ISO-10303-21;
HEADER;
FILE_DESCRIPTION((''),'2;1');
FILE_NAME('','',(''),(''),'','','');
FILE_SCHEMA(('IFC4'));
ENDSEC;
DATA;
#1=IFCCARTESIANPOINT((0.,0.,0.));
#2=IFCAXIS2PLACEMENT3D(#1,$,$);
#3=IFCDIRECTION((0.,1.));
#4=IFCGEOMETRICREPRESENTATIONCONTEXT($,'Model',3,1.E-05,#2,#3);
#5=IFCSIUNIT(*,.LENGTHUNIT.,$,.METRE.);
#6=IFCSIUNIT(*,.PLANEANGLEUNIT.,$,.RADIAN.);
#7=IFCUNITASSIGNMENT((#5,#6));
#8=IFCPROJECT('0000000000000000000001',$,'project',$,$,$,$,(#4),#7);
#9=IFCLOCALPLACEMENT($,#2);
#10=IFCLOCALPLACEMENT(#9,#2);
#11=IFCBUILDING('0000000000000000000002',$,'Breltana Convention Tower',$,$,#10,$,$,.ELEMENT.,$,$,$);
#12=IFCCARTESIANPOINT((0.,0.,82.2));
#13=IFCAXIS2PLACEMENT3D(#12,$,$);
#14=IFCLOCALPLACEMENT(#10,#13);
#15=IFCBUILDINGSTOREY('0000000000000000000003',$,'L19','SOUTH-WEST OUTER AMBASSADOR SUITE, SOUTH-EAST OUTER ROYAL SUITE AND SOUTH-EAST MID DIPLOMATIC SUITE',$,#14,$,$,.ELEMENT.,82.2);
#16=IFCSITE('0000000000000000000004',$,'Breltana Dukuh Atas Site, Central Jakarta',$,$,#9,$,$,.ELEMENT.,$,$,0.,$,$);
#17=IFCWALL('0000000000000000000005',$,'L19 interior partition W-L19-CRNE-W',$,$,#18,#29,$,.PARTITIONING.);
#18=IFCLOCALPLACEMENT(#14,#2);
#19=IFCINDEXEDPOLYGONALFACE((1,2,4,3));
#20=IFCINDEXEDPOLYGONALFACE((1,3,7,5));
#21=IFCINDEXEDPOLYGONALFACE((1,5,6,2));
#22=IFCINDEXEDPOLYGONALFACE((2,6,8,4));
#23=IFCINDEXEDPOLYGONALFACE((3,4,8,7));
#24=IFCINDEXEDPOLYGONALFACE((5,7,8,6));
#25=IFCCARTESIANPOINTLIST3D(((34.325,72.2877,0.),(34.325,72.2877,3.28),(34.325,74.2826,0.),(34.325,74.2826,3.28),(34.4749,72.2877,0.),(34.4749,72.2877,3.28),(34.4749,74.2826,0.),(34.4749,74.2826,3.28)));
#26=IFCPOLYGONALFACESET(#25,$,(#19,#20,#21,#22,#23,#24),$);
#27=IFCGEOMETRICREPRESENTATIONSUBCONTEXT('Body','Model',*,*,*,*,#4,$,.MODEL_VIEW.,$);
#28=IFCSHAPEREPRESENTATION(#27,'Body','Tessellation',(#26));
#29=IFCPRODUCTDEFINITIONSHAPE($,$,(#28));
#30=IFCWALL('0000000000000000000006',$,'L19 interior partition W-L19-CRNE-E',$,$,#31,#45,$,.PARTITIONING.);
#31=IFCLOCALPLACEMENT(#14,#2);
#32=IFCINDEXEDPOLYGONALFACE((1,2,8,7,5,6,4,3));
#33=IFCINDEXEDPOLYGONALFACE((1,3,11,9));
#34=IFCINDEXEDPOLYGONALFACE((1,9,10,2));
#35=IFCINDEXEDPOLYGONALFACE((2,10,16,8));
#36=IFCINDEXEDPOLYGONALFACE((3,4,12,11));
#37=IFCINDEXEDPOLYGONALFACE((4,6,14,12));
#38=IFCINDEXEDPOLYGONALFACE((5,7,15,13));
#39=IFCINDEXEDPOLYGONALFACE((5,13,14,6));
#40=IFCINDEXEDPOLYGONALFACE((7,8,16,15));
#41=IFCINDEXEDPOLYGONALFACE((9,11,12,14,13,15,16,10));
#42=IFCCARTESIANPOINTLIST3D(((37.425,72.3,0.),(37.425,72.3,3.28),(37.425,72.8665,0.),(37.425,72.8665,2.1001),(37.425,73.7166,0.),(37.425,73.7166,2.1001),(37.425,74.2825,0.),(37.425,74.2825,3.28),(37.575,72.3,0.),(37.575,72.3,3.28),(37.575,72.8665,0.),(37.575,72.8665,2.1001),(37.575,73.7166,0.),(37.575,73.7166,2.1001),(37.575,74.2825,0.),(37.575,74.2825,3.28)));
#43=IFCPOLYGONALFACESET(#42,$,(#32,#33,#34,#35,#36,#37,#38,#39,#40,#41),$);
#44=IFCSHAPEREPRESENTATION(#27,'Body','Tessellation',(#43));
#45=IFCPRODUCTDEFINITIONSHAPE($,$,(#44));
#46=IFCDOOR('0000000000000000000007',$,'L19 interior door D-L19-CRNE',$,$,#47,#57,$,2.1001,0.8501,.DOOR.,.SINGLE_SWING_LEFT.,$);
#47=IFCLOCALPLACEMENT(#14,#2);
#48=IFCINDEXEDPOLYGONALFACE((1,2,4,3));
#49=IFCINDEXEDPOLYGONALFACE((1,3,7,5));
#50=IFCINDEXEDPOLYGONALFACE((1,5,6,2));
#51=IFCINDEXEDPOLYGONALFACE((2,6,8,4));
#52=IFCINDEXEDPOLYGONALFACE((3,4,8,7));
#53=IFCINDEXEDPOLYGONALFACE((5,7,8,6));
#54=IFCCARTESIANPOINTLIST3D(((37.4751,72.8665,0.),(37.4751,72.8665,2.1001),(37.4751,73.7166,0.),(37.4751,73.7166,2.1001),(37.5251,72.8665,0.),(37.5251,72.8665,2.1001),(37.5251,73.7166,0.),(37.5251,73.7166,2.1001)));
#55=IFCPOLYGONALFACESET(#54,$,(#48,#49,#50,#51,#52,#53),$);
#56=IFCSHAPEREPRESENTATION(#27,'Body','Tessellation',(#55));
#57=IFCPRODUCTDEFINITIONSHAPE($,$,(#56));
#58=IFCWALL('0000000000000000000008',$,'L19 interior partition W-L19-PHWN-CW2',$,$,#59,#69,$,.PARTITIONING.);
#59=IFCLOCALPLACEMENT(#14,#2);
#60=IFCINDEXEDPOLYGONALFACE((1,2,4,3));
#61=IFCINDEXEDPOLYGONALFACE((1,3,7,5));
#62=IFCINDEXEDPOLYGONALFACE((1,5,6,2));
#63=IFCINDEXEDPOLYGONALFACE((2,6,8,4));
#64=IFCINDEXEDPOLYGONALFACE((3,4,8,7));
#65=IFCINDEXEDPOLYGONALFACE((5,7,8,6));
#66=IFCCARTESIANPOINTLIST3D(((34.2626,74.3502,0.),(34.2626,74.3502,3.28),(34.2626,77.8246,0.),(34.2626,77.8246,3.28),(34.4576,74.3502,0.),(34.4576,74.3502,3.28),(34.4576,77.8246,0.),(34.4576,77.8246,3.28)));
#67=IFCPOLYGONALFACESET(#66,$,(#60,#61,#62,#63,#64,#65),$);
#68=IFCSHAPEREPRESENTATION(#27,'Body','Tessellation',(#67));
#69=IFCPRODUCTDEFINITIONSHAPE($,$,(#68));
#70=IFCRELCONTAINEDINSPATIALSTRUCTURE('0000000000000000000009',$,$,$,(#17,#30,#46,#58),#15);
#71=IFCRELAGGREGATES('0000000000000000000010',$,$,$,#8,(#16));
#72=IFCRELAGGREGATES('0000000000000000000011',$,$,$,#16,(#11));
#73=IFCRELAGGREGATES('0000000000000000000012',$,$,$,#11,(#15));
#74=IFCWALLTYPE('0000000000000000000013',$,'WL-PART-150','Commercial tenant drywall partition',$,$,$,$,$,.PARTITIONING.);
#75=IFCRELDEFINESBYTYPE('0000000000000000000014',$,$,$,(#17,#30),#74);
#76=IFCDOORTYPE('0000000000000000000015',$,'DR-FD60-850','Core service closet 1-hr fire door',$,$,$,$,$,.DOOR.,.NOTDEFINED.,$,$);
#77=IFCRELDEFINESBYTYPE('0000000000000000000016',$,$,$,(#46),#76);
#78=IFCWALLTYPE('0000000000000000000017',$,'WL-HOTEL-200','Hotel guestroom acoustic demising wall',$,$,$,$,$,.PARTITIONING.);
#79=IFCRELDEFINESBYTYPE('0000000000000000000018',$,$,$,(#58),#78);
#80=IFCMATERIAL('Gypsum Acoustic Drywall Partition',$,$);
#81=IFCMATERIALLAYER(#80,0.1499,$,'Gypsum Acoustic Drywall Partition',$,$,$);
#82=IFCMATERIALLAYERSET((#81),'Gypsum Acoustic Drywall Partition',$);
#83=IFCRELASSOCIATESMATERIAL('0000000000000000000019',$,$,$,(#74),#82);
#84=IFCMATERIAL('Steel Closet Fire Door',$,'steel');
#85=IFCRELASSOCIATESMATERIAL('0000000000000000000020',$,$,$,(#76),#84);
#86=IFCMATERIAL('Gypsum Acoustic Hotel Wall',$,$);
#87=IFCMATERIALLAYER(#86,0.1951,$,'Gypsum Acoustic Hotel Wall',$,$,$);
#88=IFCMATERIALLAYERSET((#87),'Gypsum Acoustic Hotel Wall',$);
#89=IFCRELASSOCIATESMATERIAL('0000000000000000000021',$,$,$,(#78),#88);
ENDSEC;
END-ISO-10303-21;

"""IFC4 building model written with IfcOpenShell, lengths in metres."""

from ifc_helpers import new_model, si_unit, direction, frame, frame_2d, origin, place, context, subcontext, project, spatial, rectangle, extrude, source, transform, mapped, material, layer, layer_set, type_object, type_shapes, element, fill, save


model = new_model("IFC4")

# Units and contexts
model_context = context("Model", 3, precision=1e-05, world=origin(), true_north=direction((0.0, 1.0)))
body_context = subcontext(model_context, "Body", "Model", "MODEL_VIEW")
ifc_project = project(units=[si_unit("LENGTHUNIT", "METRE"), si_unit("PLANEANGLEUNIT", "RADIAN")], contexts=[model_context])

# Site, building, storey
site_placement = place(None, origin())
site = spatial("IfcSite", under=ifc_project, at=site_placement, Name="Breltana Dukuh Atas Site, Central Jakarta", CompositionType="ELEMENT", RefElevation=0.0)
building_placement = place(site_placement, origin())
building = spatial("IfcBuilding", under=site, at=building_placement, Name="Breltana Convention Tower", CompositionType="ELEMENT")
storey_placement = place(building_placement, frame((0.0, 0.0, 82.2)))
storey = spatial("IfcBuildingStorey", under=building, at=storey_placement, Name="L19", Description="SOUTH-WEST OUTER AMBASSADOR SUITE, SOUTH-EAST OUTER ROYAL SUITE AND SOUTH-EAST MID DIPLOMATIC SUITE", CompositionType="ELEMENT", Elevation=82.2)

# Wall
ifc_material_1 = material(Name="Gypsum Acoustic Drywall Partition")
ifc_layer_1 = layer(ifc_material_1, 0.1499, Name="Gypsum Acoustic Drywall Partition")
ifc_layer_set_1 = layer_set([ifc_layer_1], Name="Gypsum Acoustic Drywall Partition")
wall_type_1 = type_object("IfcWallType", Name="WL-PART-150", Description="Commercial tenant drywall partition", PredefinedType="PARTITIONING", material=ifc_layer_set_1)
shared_shape_1 = source(origin(), body_context, "Body", "SweptSolid", [
    extrude(rectangle(XDim=1.9949, YDim=0.1499, at=frame_2d((0.9976, 0.0))), origin(), (0.0, 0.0, 1.0), 3.28),
])
wall_1_placement = place(storey_placement, frame((34.3999, 72.2876, 0.0), z_axis=(0.0, 0.0, 1.0), x_axis=(0.0, 1.0, 0.0)))
element("IfcWall", 1, at=wall_1_placement, inside=storey, type_object=wall_type_1, Name="L19 interior partition W-L19-CRNE-W", PredefinedType="PARTITIONING", context=body_context, shape_type="MappedRepresentation", body=[
    mapped(shared_shape_1, transform((0.0, 0.0, 0.0), scale=1.0)),
])

# Wall, opening, door
shared_shape_2 = source(origin(), body_context, "Body", "SweptSolid", [
    extrude(rectangle(XDim=1.9824, YDim=0.1499, at=frame_2d((0.9912, 0.0))), origin(), (0.0, 0.0, 1.0), 3.28),
])
wall_2_placement = place(storey_placement, frame((37.5, 72.3, 0.0), z_axis=(0.0, 0.0, 1.0), x_axis=(0.0, 1.0, 0.0)))
wall_2 = element("IfcWall", 2, at=wall_2_placement, inside=storey, type_object=wall_type_1, Name="L19 interior partition W-L19-CRNE-E", PredefinedType="PARTITIONING", context=body_context, shape_type="MappedRepresentation", body=[
    mapped(shared_shape_2, transform((0.0, 0.0, 0.0), scale=1.0)),
])
opening_placement = place(wall_2_placement, frame((0.5664, 0.0, 0.0)))
opening = element("IfcOpeningElement", 3, at=opening_placement, cuts=wall_2, PredefinedType="OPENING", context=body_context, shape_type="SweptSolid", body=[
    extrude(rectangle(XDim=0.8501, YDim=2.1001, at=frame_2d((0.425, 1.05))), frame((0.0, 0.085, 0.0), z_axis=(0.0, -1.0, 0.0), x_axis=(1.0, 0.0, 0.0)), (0.0, 0.0, 1.0), 0.1699),
])
ifc_material_2 = material(Name="Steel Closet Fire Door", Category="steel")
door_type = type_object("IfcDoorType", Name="DR-FD60-850", Description="Core service closet 1-hr fire door", OperationType="NOTDEFINED", PredefinedType="DOOR", material=ifc_material_2)
shared_shape_3 = source(origin(), body_context, "Body", "SweptSolid", [
    extrude(rectangle(XDim=0.8501, YDim=2.1001, at=frame_2d((0.425, 1.05))), frame((0.0, 0.0249, 0.0), z_axis=(0.0, -1.0, 0.0), x_axis=(1.0, 0.0, 0.0)), (0.0, 0.0, 1.0), 0.05),
])
type_shapes(door_type, [shared_shape_3])
door_placement = place(opening_placement, origin())
door = element("IfcDoor", 4, at=door_placement, inside=storey, type_object=door_type, Name="L19 interior door D-L19-CRNE", OperationType="SINGLE_SWING_LEFT", OverallHeight=2.1001, OverallWidth=0.8501, PredefinedType="DOOR", context=body_context, shape_type="MappedRepresentation", body=[
    mapped(shared_shape_3, transform((0.0, 0.0, 0.0), scale=1.0)),
])
fill(opening, door)

# Wall
ifc_material_3 = material(Name="Gypsum Acoustic Hotel Wall")
ifc_layer_2 = layer(ifc_material_3, 0.1951, Name="Gypsum Acoustic Hotel Wall")
ifc_layer_set_2 = layer_set([ifc_layer_2], Name="Gypsum Acoustic Hotel Wall")
wall_type_2 = type_object("IfcWallType", Name="WL-HOTEL-200", Description="Hotel guestroom acoustic demising wall", PredefinedType="PARTITIONING", material=ifc_layer_set_2)
shared_shape_4 = source(origin(), body_context, "Body", "SweptSolid", [
    extrude(rectangle(XDim=3.4744, YDim=0.1951, at=frame_2d((1.7373, 0.0))), origin(), (0.0, 0.0, 1.0), 3.28),
])
wall_3_placement = place(storey_placement, frame((34.3601, 74.3501, 0.0), z_axis=(0.0, 0.0, 1.0), x_axis=(0.0, 1.0, 0.0)))
element("IfcWall", 5, at=wall_3_placement, inside=storey, type_object=wall_type_2, Name="L19 interior partition W-L19-PHWN-CW2", PredefinedType="PARTITIONING", context=body_context, shape_type="MappedRepresentation", body=[
    mapped(shared_shape_4, transform((0.0, 0.0, 0.0), scale=1.0)),
])

save(model, "model.ifc")
